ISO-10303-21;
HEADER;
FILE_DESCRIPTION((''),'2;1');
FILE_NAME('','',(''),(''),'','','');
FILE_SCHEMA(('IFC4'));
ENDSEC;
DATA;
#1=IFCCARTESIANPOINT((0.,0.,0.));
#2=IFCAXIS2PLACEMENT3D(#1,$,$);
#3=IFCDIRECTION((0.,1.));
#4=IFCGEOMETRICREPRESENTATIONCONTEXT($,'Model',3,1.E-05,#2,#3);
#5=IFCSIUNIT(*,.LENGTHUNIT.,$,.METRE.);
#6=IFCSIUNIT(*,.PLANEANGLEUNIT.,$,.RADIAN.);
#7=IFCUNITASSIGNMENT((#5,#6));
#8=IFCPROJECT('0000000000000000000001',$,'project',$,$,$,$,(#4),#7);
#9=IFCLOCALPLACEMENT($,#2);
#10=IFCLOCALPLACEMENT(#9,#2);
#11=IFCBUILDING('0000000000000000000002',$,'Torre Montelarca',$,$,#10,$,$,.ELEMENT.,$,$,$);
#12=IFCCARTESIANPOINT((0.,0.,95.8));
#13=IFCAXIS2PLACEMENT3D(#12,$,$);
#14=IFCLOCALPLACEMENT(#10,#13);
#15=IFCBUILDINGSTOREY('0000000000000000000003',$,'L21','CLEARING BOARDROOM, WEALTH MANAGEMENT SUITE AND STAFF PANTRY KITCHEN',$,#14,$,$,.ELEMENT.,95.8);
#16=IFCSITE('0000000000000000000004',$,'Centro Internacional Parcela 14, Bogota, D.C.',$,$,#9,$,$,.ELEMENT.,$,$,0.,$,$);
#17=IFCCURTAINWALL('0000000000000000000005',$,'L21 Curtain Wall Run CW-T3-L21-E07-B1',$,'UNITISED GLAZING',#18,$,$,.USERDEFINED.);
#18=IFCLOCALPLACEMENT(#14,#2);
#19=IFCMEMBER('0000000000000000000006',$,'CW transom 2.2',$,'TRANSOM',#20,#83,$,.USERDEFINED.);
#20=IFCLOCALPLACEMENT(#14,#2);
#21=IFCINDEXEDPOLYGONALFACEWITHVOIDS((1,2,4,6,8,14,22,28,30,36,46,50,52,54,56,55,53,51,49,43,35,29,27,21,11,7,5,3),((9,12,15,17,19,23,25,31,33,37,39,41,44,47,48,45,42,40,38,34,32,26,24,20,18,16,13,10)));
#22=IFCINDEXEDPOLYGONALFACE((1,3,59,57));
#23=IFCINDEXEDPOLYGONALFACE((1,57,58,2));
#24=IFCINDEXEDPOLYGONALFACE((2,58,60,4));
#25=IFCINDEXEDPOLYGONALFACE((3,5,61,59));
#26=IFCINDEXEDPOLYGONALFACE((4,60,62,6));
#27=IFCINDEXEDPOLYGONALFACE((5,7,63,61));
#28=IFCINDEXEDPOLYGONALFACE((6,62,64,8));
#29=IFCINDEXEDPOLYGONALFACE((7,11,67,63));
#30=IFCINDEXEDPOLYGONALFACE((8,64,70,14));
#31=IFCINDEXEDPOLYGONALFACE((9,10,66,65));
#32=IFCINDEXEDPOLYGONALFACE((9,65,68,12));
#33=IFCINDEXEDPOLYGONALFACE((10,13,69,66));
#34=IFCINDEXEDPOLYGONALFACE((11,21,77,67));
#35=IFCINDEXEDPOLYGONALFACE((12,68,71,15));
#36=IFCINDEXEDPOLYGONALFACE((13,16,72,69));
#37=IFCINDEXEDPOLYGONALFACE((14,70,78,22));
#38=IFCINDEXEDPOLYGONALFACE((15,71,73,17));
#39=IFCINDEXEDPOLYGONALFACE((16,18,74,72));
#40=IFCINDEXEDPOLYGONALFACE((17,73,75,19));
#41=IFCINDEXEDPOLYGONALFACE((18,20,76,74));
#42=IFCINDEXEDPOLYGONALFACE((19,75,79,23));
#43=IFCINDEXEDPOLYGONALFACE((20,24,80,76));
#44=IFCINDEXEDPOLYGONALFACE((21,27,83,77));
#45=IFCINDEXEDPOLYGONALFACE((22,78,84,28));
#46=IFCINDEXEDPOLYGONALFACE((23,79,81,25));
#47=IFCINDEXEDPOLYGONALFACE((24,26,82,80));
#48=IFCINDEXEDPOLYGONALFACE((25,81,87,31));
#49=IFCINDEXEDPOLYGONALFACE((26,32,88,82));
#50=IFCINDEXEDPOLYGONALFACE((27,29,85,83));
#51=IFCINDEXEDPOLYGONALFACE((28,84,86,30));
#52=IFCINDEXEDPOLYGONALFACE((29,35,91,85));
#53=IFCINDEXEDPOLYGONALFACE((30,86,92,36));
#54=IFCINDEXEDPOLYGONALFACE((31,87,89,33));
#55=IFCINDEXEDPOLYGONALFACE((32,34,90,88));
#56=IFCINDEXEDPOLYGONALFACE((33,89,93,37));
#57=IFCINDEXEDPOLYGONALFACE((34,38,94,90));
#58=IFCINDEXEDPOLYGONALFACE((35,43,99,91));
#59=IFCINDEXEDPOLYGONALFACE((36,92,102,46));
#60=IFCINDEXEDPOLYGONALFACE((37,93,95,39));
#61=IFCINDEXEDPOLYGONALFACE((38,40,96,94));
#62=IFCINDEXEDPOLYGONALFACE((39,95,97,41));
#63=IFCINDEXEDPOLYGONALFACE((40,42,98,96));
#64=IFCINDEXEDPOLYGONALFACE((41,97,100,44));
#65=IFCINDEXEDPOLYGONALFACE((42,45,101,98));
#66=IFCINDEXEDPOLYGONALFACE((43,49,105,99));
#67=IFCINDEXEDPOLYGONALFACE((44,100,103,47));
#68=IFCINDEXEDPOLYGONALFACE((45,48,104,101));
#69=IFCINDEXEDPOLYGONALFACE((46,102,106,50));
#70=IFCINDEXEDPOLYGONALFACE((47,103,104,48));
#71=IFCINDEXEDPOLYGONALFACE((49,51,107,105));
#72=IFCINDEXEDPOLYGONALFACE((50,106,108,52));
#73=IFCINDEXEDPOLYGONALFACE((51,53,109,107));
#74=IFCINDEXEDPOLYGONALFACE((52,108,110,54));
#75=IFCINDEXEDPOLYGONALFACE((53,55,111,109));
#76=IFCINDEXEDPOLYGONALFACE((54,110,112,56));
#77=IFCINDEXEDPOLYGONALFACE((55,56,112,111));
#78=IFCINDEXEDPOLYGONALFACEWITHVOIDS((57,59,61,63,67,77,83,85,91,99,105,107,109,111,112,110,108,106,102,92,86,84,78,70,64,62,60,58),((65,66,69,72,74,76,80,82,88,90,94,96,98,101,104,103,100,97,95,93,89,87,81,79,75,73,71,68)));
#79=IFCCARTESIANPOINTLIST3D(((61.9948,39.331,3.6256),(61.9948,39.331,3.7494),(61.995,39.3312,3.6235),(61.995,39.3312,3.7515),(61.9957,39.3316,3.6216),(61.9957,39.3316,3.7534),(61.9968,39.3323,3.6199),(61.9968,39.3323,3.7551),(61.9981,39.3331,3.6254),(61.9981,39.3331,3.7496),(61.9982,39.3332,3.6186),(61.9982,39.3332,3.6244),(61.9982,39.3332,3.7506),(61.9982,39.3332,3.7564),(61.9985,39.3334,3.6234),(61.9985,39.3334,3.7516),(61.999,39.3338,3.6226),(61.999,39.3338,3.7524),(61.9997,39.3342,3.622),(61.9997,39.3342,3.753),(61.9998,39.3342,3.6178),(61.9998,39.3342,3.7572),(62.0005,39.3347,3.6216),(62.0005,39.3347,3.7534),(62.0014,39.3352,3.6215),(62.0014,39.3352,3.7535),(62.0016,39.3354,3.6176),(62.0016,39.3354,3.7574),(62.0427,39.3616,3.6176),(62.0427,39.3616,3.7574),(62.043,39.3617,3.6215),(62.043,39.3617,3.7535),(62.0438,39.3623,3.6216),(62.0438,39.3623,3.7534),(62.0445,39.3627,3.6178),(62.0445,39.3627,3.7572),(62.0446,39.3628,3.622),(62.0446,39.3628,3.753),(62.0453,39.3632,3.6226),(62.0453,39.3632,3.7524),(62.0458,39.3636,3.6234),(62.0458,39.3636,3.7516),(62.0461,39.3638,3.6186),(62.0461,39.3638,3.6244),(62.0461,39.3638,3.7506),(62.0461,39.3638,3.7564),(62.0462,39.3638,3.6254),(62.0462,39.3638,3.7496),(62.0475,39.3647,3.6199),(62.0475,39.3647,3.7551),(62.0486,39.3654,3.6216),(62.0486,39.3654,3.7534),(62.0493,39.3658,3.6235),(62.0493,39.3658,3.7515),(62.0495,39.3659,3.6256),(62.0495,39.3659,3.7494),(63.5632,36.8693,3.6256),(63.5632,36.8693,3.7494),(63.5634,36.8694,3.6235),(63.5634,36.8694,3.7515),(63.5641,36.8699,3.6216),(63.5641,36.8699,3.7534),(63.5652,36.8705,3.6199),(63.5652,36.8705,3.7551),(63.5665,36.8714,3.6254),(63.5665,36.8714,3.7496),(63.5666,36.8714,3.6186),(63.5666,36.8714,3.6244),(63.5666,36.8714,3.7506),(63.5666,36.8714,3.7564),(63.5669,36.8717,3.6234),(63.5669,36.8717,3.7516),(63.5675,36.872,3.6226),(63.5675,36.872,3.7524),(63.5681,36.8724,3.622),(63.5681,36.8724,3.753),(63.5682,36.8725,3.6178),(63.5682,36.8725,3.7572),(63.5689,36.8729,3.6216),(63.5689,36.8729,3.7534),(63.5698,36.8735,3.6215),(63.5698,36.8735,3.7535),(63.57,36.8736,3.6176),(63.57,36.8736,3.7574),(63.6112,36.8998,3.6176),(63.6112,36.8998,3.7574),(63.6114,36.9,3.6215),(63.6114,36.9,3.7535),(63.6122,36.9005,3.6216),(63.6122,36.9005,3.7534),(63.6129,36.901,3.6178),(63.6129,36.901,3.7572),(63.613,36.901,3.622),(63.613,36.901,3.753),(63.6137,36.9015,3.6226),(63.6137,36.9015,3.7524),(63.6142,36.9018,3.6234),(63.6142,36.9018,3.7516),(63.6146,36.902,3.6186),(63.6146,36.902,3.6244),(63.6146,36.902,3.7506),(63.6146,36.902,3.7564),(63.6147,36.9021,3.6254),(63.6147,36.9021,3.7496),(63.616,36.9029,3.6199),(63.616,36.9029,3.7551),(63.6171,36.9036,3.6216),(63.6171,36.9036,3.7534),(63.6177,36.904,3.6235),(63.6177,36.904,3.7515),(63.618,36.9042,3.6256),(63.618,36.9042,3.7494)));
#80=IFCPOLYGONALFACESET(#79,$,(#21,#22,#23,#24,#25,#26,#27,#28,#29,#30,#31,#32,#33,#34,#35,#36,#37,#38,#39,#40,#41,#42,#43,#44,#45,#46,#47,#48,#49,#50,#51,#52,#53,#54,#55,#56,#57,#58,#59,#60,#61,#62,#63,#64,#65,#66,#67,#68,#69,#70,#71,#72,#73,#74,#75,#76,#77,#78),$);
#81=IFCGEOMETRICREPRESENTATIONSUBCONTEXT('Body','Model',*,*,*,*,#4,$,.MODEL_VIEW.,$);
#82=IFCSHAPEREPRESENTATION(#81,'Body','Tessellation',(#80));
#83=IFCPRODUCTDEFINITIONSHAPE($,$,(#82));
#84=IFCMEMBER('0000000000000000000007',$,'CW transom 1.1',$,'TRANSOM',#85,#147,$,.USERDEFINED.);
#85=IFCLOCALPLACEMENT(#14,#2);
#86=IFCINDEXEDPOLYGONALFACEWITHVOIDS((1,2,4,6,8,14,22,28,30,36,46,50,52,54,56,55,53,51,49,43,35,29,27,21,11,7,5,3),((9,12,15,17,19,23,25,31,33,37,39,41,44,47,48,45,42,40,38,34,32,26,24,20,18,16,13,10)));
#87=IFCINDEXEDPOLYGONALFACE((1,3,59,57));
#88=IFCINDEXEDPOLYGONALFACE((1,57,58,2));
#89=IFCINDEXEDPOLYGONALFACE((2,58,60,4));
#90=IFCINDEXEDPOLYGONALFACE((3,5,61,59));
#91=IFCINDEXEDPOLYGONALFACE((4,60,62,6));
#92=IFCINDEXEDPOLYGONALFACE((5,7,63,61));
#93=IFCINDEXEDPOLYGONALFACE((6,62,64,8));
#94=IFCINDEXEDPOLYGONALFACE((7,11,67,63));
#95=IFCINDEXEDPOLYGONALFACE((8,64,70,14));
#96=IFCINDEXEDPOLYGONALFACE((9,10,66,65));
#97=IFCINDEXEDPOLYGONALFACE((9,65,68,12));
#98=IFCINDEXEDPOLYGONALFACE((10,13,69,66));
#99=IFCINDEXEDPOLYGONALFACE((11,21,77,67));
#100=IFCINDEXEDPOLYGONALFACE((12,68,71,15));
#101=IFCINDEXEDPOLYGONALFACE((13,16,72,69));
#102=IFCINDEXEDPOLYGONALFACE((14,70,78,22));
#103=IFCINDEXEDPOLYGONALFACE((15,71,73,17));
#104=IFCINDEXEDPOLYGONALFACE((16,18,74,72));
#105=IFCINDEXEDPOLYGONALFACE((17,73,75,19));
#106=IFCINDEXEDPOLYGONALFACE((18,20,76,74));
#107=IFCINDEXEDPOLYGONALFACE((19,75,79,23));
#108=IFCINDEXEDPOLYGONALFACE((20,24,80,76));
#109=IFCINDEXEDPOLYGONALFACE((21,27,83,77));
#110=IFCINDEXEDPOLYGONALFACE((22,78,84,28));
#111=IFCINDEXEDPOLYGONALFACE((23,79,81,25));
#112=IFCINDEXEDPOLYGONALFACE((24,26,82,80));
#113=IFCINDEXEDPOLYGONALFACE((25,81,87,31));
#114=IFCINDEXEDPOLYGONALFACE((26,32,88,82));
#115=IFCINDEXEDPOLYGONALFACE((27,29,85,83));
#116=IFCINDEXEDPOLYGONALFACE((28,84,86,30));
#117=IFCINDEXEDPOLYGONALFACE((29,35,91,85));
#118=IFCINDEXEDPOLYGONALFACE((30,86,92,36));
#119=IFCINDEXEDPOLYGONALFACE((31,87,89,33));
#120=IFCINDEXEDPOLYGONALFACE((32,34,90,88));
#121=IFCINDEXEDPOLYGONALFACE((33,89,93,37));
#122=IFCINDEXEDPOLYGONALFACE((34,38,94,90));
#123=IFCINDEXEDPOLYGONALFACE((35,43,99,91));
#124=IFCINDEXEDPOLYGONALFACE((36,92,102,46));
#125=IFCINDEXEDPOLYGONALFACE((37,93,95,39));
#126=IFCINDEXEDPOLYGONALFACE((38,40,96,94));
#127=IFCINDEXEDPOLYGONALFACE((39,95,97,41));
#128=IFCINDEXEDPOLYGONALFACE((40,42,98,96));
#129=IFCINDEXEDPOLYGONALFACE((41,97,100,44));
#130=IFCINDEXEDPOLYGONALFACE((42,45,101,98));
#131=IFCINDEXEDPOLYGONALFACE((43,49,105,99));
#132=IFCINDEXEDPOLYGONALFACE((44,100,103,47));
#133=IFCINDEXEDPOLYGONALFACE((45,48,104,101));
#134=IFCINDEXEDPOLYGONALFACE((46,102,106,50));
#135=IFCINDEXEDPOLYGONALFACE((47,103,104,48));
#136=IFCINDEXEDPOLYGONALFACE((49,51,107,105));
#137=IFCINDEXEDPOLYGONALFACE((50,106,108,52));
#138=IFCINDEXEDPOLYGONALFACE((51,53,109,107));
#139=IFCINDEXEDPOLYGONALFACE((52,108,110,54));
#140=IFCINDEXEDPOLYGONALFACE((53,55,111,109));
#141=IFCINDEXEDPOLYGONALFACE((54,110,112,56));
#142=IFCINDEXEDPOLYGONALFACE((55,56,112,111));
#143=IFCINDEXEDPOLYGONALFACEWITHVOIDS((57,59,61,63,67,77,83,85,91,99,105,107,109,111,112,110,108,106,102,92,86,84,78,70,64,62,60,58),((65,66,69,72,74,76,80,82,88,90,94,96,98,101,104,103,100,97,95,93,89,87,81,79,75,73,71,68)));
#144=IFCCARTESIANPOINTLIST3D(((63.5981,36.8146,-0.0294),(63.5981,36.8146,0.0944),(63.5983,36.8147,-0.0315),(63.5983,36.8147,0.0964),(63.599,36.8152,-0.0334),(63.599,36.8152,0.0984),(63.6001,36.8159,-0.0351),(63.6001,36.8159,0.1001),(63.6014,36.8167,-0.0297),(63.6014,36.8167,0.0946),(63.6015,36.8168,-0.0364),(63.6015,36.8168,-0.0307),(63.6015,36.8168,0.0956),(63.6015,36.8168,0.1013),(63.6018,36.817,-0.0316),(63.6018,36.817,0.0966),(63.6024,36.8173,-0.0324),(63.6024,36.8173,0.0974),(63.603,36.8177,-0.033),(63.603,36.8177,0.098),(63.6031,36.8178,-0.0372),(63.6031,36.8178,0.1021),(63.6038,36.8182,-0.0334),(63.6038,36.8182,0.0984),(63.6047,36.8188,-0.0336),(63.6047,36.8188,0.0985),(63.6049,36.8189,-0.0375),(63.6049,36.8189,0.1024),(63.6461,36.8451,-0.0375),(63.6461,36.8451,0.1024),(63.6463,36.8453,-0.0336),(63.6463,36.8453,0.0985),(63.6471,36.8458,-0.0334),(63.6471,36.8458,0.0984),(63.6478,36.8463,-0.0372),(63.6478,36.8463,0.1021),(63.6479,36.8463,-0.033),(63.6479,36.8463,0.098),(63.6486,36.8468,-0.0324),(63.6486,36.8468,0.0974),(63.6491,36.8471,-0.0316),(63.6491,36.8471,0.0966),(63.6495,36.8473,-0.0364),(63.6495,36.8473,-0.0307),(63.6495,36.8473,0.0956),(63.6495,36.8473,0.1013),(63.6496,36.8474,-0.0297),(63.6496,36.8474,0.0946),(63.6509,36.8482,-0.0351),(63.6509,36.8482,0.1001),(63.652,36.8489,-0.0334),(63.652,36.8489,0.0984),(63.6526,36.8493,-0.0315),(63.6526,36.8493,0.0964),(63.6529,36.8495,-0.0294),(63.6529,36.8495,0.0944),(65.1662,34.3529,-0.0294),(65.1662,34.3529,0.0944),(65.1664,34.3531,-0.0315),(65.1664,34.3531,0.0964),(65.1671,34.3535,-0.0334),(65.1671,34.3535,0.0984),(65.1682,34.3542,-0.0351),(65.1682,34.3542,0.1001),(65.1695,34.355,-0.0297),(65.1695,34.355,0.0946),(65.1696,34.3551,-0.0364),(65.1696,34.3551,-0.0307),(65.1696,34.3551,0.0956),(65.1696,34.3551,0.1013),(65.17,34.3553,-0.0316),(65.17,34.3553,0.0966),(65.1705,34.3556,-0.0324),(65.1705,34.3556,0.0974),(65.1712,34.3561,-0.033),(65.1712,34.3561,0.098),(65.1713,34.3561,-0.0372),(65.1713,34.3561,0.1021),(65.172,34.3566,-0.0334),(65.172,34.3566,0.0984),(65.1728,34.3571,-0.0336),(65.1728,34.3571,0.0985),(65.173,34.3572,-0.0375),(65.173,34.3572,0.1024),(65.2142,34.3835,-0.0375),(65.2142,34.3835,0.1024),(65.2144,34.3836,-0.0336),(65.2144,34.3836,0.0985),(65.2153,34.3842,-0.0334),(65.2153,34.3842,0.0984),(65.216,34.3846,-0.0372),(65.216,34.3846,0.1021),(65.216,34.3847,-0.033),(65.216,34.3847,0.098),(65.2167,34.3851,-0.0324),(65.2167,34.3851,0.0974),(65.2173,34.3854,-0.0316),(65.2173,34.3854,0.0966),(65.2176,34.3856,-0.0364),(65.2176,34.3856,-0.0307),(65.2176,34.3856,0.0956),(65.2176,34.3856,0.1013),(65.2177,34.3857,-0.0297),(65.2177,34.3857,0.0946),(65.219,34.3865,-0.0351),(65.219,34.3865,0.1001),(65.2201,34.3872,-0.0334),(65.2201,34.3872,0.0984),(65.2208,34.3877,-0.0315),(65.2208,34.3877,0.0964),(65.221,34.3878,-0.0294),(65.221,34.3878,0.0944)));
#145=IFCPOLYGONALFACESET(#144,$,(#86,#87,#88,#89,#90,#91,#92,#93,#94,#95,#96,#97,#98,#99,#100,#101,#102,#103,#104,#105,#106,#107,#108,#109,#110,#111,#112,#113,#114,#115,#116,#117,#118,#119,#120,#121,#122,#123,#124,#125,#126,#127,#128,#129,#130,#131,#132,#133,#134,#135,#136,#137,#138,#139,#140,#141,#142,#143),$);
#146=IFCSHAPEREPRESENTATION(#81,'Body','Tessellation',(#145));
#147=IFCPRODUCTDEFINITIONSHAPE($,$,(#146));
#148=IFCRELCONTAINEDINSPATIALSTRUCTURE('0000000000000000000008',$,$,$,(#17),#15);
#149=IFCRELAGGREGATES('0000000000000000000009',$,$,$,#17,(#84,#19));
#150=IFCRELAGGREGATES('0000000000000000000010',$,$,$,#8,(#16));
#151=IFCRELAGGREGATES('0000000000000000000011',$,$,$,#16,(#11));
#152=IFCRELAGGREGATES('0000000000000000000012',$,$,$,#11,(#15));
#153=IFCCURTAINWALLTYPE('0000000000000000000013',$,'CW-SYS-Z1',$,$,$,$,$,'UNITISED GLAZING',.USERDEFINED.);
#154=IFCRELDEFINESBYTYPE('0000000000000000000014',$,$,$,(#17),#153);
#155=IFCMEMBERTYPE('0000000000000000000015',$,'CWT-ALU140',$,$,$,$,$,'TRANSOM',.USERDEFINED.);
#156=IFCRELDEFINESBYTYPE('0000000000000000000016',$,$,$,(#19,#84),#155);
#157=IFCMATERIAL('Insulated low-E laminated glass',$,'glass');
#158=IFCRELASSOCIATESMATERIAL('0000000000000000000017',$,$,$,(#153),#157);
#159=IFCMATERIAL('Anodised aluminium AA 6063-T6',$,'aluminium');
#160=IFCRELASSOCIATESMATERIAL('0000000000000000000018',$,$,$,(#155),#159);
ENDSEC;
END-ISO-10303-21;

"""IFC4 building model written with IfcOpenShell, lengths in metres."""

from ifc_helpers import new_model, si_unit, direction, frame, origin, origin_2d, place, context, subcontext, project, spatial, hollow_rectangle, extrude, source, transform, mapped, material, material_profile, profile_set, type_object, element, aggregate, save


model = new_model("IFC4")

# Units and contexts
model_context = context("Model", 3, precision=1e-05, world=origin(), true_north=direction((0.0, 1.0)))
body_context = subcontext(model_context, "Body", "Model", "MODEL_VIEW")
ifc_project = project(units=[si_unit("LENGTHUNIT", "METRE"), si_unit("PLANEANGLEUNIT", "RADIAN")], contexts=[model_context])

# Site, building, storey
site_placement = place(None, origin())
site = spatial("IfcSite", under=ifc_project, at=site_placement, Name="Centro Internacional Parcela 14, Bogota, D.C.", CompositionType="ELEMENT", RefElevation=0.0)
building_placement = place(site_placement, origin())
building = spatial("IfcBuilding", under=site, at=building_placement, Name="Torre Montelarca", CompositionType="ELEMENT")
storey_placement = place(building_placement, frame((0.0, 0.0, 95.8)))
storey = spatial("IfcBuildingStorey", under=building, at=storey_placement, Name="L21", Description="CLEARING BOARDROOM, WEALTH MANAGEMENT SUITE AND STAFF PANTRY KITCHEN", CompositionType="ELEMENT", Elevation=95.8)

# Curtain wall, members
ifc_material_1 = material(Name="Insulated low-E laminated glass", Category="glass")
curtain_wall_type = type_object("IfcCurtainWallType", Name="CW-SYS-Z1", ElementType="UNITISED GLAZING", PredefinedType="USERDEFINED", material=ifc_material_1)
curtain_wall_1_placement = place(storey_placement, origin())
curtain_wall_1 = element("IfcCurtainWall", 1, at=curtain_wall_1_placement, inside=storey, type_object=curtain_wall_type, Name="L21 Curtain Wall Run CW-T3-L21-E07-B1", ObjectType="UNITISED GLAZING", PredefinedType="USERDEFINED")
ifc_material_2 = material(Name="Anodised aluminium AA 6063-T6", Category="aluminium")
ifc_material_profile_1 = material_profile(ifc_material_2, hollow_rectangle(XDim=0.0649, YDim=0.1399, WallThickness=0.0039, InnerFilletRadius=0.0039, OuterFilletRadius=0.0081, at=origin_2d()), Name="ALU65X140X4", Category="aluminium")
ifc_profile_set_1 = profile_set([ifc_material_profile_1], Name="Anodised aluminium AA 6063-T6")
member_type_1 = type_object("IfcMemberType", Name="CWT-ALU140", ElementType="TRANSOM", PredefinedType="USERDEFINED", material=ifc_profile_set_1)
shared_shape_1 = source(origin(), body_context, "Body", "SweptSolid", [
    extrude(hollow_rectangle(XDim=0.0649, YDim=0.1399, WallThickness=0.0039, InnerFilletRadius=0.0039, OuterFilletRadius=0.0081, at=origin_2d()), origin(), (0.0, 0.0, 1.0), 2.9189),
])
member_1_placement = place(storey_placement, frame((63.5906, 36.8867, 3.6875), z_axis=(-0.537325, 0.843376, 0.0), x_axis=(-0.843376, -0.537325, 0.0)))
member_1 = element("IfcMember", 2, at=member_1_placement, type_object=member_type_1, Name="CW transom 2.2", ObjectType="TRANSOM", PredefinedType="USERDEFINED", context=body_context, shape_type="MappedRepresentation", body=[
    mapped(shared_shape_1, transform((0.0, 0.0, 0.0), scale=1.0)),
])
shared_shape_2 = source(origin(), body_context, "Body", "SweptSolid", [
    extrude(hollow_rectangle(XDim=0.0649, YDim=0.1399, WallThickness=0.0039, InnerFilletRadius=0.0039, OuterFilletRadius=0.0081, at=origin_2d()), origin(), (0.0, 0.0, 1.0), 2.9187),
])
member_2_placement = place(storey_placement, frame((65.1936, 34.3704, 0.0325), z_axis=(-0.537265, 0.843413, 0.0), x_axis=(-0.843413, -0.537265, 0.0)))
member_2 = element("IfcMember", 3, at=member_2_placement, type_object=member_type_1, Name="CW transom 1.1", ObjectType="TRANSOM", PredefinedType="USERDEFINED", context=body_context, shape_type="MappedRepresentation", body=[
    mapped(shared_shape_2, transform((0.0, 0.0, 0.0), scale=1.0)),
])

aggregate(curtain_wall_1, [member_2, member_1])

save(model, "model.ifc")
